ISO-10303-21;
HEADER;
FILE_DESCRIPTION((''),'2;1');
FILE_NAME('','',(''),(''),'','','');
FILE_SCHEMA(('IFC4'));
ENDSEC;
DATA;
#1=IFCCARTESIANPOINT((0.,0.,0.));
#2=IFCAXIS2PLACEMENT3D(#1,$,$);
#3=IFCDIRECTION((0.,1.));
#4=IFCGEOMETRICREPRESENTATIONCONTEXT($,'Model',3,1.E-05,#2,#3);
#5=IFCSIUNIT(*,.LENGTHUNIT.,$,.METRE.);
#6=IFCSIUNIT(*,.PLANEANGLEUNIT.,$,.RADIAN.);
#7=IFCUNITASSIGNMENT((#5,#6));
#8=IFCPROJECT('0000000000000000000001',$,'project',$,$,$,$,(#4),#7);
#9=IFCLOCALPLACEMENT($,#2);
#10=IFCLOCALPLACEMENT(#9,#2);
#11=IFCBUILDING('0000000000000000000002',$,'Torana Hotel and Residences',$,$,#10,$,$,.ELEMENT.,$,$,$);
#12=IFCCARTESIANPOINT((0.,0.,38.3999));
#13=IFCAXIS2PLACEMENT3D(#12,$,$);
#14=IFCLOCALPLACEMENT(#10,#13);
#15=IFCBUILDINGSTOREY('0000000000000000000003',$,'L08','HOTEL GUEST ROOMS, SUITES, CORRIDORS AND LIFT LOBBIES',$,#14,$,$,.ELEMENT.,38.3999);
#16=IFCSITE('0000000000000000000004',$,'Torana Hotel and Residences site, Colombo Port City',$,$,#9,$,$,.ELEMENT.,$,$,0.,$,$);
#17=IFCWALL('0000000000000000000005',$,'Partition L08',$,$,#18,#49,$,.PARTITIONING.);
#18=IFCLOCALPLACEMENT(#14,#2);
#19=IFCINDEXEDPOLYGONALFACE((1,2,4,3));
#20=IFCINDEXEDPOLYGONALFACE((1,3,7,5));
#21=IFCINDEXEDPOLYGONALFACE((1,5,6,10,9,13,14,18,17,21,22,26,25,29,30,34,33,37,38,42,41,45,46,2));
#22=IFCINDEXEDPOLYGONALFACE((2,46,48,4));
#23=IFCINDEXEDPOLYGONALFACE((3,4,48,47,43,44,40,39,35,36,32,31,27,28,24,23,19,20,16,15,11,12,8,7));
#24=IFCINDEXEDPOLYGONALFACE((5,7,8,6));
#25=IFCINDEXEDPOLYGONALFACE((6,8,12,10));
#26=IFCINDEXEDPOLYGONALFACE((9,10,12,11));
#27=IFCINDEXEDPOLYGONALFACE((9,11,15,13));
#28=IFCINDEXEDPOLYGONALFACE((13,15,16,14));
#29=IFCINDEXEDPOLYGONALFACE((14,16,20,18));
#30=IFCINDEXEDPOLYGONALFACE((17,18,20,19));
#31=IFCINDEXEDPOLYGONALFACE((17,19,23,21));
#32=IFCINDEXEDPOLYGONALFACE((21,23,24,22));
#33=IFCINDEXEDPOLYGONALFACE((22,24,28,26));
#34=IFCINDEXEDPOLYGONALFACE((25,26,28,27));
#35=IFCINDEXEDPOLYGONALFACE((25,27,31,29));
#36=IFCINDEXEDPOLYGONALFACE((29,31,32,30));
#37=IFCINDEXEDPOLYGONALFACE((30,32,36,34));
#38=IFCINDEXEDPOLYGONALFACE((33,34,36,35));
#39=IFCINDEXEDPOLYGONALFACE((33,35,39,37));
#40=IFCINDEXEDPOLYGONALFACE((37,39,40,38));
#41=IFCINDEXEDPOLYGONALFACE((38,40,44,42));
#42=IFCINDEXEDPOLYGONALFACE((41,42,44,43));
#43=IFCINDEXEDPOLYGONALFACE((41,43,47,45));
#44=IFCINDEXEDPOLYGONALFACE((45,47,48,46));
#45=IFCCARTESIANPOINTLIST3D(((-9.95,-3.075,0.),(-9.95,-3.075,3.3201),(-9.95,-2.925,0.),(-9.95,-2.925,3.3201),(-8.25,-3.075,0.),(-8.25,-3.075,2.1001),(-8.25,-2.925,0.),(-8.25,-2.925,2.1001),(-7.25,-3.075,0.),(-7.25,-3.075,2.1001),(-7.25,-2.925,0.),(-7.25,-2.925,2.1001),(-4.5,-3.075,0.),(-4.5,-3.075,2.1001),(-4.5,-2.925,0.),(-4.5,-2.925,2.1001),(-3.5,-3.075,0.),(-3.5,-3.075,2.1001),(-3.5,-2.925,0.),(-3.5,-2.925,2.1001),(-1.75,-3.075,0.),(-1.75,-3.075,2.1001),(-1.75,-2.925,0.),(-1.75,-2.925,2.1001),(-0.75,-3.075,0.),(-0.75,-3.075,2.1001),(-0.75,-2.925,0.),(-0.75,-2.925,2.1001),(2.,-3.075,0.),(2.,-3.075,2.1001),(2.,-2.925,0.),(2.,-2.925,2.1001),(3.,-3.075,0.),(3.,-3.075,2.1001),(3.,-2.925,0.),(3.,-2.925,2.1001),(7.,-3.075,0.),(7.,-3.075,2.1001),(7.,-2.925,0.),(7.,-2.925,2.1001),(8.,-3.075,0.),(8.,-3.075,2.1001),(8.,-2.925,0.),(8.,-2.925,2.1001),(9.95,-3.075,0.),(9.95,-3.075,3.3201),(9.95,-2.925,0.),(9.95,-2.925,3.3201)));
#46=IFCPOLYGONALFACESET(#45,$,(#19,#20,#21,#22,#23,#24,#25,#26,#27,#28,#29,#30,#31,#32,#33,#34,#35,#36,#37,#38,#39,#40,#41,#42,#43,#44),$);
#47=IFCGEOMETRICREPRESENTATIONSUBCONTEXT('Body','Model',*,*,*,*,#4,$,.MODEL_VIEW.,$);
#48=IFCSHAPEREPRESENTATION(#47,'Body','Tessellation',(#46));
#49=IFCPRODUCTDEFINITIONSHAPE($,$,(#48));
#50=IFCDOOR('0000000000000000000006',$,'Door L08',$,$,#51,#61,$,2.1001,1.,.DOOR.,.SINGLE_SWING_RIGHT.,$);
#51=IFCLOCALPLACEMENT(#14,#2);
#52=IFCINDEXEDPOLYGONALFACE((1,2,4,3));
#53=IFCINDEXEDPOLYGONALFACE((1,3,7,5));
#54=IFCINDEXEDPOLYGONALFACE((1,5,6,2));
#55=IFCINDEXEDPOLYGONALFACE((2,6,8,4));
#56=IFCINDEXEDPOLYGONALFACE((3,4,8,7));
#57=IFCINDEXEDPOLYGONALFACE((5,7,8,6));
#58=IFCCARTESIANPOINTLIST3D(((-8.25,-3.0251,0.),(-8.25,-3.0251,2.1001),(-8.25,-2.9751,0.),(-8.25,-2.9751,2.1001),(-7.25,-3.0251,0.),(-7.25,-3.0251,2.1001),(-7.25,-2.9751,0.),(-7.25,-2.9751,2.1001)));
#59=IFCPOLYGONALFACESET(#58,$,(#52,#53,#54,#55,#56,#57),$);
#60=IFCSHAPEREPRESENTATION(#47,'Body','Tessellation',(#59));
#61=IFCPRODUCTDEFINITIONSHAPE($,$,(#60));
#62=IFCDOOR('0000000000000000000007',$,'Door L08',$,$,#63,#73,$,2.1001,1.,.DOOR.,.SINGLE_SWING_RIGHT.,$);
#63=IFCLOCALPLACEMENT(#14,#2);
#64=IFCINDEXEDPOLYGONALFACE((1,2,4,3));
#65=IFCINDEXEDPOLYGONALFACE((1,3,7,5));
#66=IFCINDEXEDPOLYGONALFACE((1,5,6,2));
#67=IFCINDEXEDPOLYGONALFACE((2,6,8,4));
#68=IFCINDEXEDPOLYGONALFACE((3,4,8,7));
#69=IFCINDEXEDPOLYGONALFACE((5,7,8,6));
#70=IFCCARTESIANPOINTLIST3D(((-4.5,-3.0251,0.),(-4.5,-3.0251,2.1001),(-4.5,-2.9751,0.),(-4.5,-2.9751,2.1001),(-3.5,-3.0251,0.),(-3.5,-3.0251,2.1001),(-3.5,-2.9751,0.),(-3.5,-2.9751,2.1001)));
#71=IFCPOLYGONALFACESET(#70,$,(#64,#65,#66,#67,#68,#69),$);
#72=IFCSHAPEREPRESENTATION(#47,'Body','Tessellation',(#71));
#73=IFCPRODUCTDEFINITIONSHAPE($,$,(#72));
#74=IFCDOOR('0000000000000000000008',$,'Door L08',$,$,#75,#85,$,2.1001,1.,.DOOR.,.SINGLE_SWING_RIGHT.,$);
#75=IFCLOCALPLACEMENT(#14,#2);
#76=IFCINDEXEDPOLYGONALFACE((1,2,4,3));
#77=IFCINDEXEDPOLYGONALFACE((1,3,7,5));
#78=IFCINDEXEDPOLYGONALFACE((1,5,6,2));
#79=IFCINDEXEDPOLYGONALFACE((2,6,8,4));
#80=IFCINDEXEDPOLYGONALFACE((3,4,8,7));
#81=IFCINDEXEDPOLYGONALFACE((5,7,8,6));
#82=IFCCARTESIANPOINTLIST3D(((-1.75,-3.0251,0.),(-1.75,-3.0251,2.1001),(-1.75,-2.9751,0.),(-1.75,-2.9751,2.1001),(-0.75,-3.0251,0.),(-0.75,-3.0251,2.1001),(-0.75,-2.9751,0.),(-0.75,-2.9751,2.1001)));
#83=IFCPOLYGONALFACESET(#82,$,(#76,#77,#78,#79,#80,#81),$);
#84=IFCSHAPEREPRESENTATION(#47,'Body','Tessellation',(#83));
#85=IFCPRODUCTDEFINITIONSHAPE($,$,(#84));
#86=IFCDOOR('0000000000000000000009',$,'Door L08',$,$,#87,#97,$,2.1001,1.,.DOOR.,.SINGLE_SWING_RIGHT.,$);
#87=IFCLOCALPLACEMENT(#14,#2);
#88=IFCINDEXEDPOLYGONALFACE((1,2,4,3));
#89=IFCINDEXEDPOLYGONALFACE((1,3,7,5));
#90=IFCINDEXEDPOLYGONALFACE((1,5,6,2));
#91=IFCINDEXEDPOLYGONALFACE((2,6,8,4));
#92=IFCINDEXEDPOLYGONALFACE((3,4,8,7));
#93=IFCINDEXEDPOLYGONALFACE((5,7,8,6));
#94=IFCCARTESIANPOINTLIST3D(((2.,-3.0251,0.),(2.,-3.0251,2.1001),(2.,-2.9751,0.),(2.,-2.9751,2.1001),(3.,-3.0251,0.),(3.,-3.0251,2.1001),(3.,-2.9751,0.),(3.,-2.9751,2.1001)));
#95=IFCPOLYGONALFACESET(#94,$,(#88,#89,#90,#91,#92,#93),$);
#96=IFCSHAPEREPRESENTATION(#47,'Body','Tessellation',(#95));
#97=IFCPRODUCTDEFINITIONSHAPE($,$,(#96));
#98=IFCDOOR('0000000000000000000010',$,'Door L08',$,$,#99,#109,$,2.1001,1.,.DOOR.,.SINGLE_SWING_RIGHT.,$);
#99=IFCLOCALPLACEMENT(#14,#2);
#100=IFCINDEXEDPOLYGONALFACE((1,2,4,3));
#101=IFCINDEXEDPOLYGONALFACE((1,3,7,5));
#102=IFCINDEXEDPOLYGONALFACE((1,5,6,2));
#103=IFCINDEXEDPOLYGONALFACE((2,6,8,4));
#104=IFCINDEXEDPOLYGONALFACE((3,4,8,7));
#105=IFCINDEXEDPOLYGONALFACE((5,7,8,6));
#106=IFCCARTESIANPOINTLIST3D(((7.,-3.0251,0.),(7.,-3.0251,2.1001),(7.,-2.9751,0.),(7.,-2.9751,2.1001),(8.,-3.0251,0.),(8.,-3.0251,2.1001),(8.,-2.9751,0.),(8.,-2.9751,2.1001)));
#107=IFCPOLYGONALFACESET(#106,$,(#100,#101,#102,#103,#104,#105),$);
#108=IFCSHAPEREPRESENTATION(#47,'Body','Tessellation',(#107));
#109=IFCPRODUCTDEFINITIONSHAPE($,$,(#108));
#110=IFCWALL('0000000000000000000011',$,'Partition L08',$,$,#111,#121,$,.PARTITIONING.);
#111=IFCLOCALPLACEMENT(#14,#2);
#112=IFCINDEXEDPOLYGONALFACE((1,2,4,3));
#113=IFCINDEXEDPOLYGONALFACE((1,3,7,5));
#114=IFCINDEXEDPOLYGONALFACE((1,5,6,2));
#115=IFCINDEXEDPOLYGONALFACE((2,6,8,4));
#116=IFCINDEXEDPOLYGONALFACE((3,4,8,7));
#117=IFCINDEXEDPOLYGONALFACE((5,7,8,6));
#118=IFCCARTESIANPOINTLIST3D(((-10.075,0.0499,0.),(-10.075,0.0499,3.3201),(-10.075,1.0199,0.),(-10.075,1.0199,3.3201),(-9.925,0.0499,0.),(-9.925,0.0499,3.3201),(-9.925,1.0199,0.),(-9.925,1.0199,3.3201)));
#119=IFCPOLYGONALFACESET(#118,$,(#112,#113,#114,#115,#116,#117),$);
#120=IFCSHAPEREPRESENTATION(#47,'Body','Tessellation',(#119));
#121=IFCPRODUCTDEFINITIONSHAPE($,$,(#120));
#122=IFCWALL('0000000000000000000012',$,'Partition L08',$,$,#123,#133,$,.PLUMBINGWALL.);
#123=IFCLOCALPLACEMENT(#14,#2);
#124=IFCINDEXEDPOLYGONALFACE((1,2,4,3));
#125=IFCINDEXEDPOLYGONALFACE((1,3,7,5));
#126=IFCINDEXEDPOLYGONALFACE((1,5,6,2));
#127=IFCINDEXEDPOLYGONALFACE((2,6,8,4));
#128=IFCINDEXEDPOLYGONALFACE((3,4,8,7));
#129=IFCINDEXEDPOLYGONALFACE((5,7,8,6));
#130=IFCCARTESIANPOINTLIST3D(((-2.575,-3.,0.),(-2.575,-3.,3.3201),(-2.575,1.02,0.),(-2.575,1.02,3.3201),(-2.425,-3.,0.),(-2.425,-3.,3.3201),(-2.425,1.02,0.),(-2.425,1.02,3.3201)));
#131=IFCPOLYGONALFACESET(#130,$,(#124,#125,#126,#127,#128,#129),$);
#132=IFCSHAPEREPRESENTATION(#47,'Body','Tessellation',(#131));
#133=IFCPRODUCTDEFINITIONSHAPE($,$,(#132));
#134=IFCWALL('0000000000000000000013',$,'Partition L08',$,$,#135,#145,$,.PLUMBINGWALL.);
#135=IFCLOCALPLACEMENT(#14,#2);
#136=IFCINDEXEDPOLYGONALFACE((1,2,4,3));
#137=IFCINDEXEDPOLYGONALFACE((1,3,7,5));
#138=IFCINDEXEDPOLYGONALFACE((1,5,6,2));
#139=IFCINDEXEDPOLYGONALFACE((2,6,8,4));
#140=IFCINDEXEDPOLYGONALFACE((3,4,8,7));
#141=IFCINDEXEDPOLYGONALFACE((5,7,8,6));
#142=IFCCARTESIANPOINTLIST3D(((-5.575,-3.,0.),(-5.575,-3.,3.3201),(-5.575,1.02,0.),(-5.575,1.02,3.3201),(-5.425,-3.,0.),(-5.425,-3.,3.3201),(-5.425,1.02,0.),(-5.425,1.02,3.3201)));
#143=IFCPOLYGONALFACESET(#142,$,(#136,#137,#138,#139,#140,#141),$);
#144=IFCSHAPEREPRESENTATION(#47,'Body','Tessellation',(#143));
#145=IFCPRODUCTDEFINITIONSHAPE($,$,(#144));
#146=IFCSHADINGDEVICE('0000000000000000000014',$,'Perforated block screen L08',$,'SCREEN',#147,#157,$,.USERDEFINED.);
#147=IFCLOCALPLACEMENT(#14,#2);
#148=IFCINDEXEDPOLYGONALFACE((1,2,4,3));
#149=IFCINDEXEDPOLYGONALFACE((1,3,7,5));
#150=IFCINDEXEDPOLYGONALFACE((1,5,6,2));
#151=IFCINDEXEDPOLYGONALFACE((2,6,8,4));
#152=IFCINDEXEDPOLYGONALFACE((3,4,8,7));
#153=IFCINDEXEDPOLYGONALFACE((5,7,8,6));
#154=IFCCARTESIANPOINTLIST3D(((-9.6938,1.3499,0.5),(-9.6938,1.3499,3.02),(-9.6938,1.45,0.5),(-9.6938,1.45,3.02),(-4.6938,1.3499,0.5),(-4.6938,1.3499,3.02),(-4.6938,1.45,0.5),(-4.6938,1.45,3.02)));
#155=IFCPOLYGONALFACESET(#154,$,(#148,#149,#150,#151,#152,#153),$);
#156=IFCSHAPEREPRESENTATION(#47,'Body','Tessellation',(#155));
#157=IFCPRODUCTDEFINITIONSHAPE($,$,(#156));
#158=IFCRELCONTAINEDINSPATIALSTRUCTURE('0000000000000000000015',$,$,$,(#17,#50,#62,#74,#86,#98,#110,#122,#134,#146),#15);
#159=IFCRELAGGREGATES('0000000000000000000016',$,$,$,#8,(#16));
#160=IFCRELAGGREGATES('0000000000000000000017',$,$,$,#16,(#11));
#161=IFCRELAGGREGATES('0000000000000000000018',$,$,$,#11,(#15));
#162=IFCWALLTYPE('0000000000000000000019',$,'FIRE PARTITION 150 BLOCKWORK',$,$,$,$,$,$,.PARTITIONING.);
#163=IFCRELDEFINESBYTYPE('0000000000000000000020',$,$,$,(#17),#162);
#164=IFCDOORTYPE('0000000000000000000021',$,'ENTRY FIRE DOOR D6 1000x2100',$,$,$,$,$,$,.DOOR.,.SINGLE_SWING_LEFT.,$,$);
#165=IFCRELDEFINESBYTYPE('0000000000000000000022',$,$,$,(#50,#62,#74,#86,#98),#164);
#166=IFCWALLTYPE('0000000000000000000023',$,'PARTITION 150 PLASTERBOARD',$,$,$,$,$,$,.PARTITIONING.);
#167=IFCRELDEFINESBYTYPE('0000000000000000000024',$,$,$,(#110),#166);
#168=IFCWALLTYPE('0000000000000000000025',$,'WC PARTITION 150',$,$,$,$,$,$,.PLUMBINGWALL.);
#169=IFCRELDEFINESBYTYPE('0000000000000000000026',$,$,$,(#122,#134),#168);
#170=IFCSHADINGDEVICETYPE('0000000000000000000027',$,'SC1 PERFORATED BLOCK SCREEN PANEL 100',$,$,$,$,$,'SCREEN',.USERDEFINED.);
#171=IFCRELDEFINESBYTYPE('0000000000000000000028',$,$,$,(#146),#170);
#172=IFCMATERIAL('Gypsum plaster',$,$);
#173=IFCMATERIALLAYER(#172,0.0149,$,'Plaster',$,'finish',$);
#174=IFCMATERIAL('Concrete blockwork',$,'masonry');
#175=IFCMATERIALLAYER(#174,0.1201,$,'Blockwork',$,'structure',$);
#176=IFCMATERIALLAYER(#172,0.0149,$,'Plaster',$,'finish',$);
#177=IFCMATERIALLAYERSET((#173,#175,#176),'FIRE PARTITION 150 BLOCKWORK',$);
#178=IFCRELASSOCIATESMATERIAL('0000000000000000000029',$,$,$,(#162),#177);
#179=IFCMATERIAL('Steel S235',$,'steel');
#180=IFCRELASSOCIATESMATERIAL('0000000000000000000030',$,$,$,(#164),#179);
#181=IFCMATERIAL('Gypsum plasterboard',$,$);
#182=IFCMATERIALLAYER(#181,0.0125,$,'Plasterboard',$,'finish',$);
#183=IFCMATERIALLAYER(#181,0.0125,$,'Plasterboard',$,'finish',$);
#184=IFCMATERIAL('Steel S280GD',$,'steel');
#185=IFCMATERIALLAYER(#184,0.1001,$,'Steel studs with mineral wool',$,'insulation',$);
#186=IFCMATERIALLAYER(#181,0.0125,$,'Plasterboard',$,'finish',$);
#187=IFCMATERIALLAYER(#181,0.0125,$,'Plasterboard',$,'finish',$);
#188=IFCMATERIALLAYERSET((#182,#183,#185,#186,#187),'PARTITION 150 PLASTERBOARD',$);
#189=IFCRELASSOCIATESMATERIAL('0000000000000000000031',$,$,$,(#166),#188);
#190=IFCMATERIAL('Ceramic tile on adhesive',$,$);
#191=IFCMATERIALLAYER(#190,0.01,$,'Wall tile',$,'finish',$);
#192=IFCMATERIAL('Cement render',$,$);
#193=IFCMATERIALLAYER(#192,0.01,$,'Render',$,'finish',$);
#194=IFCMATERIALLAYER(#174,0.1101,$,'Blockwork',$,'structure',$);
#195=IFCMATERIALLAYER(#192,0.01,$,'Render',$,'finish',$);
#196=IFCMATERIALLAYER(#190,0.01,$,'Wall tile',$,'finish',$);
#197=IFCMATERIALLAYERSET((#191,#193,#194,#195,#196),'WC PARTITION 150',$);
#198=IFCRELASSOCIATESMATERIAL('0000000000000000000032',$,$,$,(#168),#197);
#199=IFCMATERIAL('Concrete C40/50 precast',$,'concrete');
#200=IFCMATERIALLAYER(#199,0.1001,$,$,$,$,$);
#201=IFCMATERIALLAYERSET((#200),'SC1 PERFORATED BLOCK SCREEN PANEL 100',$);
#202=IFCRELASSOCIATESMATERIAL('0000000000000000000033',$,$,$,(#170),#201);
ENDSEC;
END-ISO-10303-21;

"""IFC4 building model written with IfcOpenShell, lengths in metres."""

from ifc_helpers import new_model, si_unit, direction, frame, frame_2d, origin, origin_2d, place, context, subcontext, project, spatial, rectangle, extrude, material, layer, layer_set, type_object, element, fill, save


model = new_model("IFC4")

# Units and contexts
model_context = context("Model", 3, precision=1e-05, world=origin(), true_north=direction((0.0, 1.0)))
body_context = subcontext(model_context, "Body", "Model", "MODEL_VIEW")
ifc_project = project(units=[si_unit("LENGTHUNIT", "METRE"), si_unit("PLANEANGLEUNIT", "RADIAN")], contexts=[model_context])

# Site, building, storey
site_placement = place(None, origin())
site = spatial("IfcSite", under=ifc_project, at=site_placement, Name="Torana Hotel and Residences site, Colombo Port City", CompositionType="ELEMENT", RefElevation=0.0)
building_placement = place(site_placement, origin())
building = spatial("IfcBuilding", under=site, at=building_placement, Name="Torana Hotel and Residences", CompositionType="ELEMENT")
storey_placement = place(building_placement, frame((0.0, 0.0, 38.3999)))
storey = spatial("IfcBuildingStorey", under=building, at=storey_placement, Name="L08", Description="HOTEL GUEST ROOMS, SUITES, CORRIDORS AND LIFT LOBBIES", CompositionType="ELEMENT", Elevation=38.3999)

# Shared definitions
ifc_material_1 = material(Name="Gypsum plaster")
ifc_layer_1 = layer(ifc_material_1, 0.0149, Name="Plaster", Category="finish")
ifc_material_2 = material(Name="Concrete blockwork", Category="masonry")
ifc_layer_2 = layer(ifc_material_2, 0.1201, Name="Blockwork", Category="structure")
ifc_layer_3 = layer(ifc_material_1, 0.0149, Name="Plaster", Category="finish")
ifc_layer_set_1 = layer_set([ifc_layer_1, ifc_layer_2, ifc_layer_3], Name="FIRE PARTITION 150 BLOCKWORK")
wall_type_1 = type_object("IfcWallType", Name="FIRE PARTITION 150 BLOCKWORK", PredefinedType="PARTITIONING", material=ifc_layer_set_1)

# Wall, openings, doors
ifc_material_3 = material(Name="Steel S235", Category="steel")
door_type = type_object("IfcDoorType", Name="ENTRY FIRE DOOR D6 1000x2100", OperationType="SINGLE_SWING_LEFT", PredefinedType="DOOR", material=ifc_material_3)
wall_1_placement = place(storey_placement, frame((-9.95, -3.0, 0.0), z_axis=(0.0, 0.0, 1.0), x_axis=(1.0, 0.0, 0.0)))
wall_1 = element("IfcWall", 1, at=wall_1_placement, inside=storey, type_object=wall_type_1, Name="Partition L08", PredefinedType="PARTITIONING", context=body_context, shape_type="SweptSolid", body=[
    extrude(rectangle(XDim=19.8999, YDim=0.1499, at=frame_2d((9.95, 0.0))), origin(), (0.0, 0.0, 1.0), 3.3201),
])
opening_1_placement = place(wall_1_placement, frame((1.7, 0.0, 0.0)))
opening_1 = element("IfcOpeningElement", 2, at=opening_1_placement, cuts=wall_1, PredefinedType="OPENING", context=body_context, shape_type="SweptSolid", body=[
    extrude(rectangle(XDim=1.0, YDim=2.1001, at=frame_2d((0.5, 1.05))), frame((0.0, 0.085, 0.0), z_axis=(0.0, -1.0, 0.0), x_axis=(1.0, 0.0, 0.0)), (0.0, 0.0, 1.0), 0.1699),
])
opening_2_placement = place(wall_1_placement, frame((5.45, 0.0, 0.0)))
opening_2 = element("IfcOpeningElement", 3, at=opening_2_placement, cuts=wall_1, PredefinedType="OPENING", context=body_context, shape_type="SweptSolid", body=[
    extrude(rectangle(XDim=1.0, YDim=2.1001, at=frame_2d((0.5, 1.05))), frame((0.0, 0.085, 0.0), z_axis=(0.0, -1.0, 0.0), x_axis=(1.0, 0.0, 0.0)), (0.0, 0.0, 1.0), 0.1699),
])
opening_3_placement = place(wall_1_placement, frame((8.2, 0.0, 0.0)))
opening_3 = element("IfcOpeningElement", 4, at=opening_3_placement, cuts=wall_1, PredefinedType="OPENING", context=body_context, shape_type="SweptSolid", body=[
    extrude(rectangle(XDim=1.0, YDim=2.1001, at=frame_2d((0.5, 1.05))), frame((0.0, 0.085, 0.0), z_axis=(0.0, -1.0, 0.0), x_axis=(1.0, 0.0, 0.0)), (0.0, 0.0, 1.0), 0.1699),
])
opening_4_placement = place(wall_1_placement, frame((11.95, 0.0, 0.0)))
opening_4 = element("IfcOpeningElement", 5, at=opening_4_placement, cuts=wall_1, PredefinedType="OPENING", context=body_context, shape_type="SweptSolid", body=[
    extrude(rectangle(XDim=1.0, YDim=2.1001, at=frame_2d((0.5, 1.05))), frame((0.0, 0.085, 0.0), z_axis=(0.0, -1.0, 0.0), x_axis=(1.0, 0.0, 0.0)), (0.0, 0.0, 1.0), 0.1699),
])
opening_5_placement = place(wall_1_placement, frame((16.95, 0.0, 0.0)))
opening_5 = element("IfcOpeningElement", 6, at=opening_5_placement, cuts=wall_1, PredefinedType="OPENING", context=body_context, shape_type="SweptSolid", body=[
    extrude(rectangle(XDim=1.0, YDim=2.1001, at=frame_2d((0.5, 1.05))), frame((0.0, 0.085, 0.0), z_axis=(0.0, -1.0, 0.0), x_axis=(1.0, 0.0, 0.0)), (0.0, 0.0, 1.0), 0.1699),
])
door_1_placement = place(opening_1_placement, origin())
door_1 = element("IfcDoor", 7, at=door_1_placement, inside=storey, type_object=door_type, Name="Door L08", OperationType="SINGLE_SWING_RIGHT", OverallHeight=2.1001, OverallWidth=1.0, PredefinedType="DOOR", context=body_context, shape_type="SweptSolid", body=[
    extrude(rectangle(XDim=1.0, YDim=2.1001, at=frame_2d((0.5, 1.05))), frame((0.0, 0.0249, 0.0), z_axis=(0.0, -1.0, 0.0), x_axis=(1.0, 0.0, 0.0)), (0.0, 0.0, 1.0), 0.05),
])
fill(opening_1, door_1)
door_2_placement = place(opening_2_placement, origin())
door_2 = element("IfcDoor", 8, at=door_2_placement, inside=storey, type_object=door_type, Name="Door L08", OperationType="SINGLE_SWING_RIGHT", OverallHeight=2.1001, OverallWidth=1.0, PredefinedType="DOOR", context=body_context, shape_type="SweptSolid", body=[
    extrude(rectangle(XDim=1.0, YDim=2.1001, at=frame_2d((0.5, 1.05))), frame((0.0, 0.0249, 0.0), z_axis=(0.0, -1.0, 0.0), x_axis=(1.0, 0.0, 0.0)), (0.0, 0.0, 1.0), 0.05),
])
fill(opening_2, door_2)
door_3_placement = place(opening_3_placement, origin())
door_3 = element("IfcDoor", 9, at=door_3_placement, inside=storey, type_object=door_type, Name="Door L08", OperationType="SINGLE_SWING_RIGHT", OverallHeight=2.1001, OverallWidth=1.0, PredefinedType="DOOR", context=body_context, shape_type="SweptSolid", body=[
    extrude(rectangle(XDim=1.0, YDim=2.1001, at=frame_2d((0.5, 1.05))), frame((0.0, 0.0249, 0.0), z_axis=(0.0, -1.0, 0.0), x_axis=(1.0, 0.0, 0.0)), (0.0, 0.0, 1.0), 0.05),
])
fill(opening_3, door_3)
door_4_placement = place(opening_4_placement, origin())
door_4 = element("IfcDoor", 10, at=door_4_placement, inside=storey, type_object=door_type, Name="Door L08", OperationType="SINGLE_SWING_RIGHT", OverallHeight=2.1001, OverallWidth=1.0, PredefinedType="DOOR", context=body_context, shape_type="SweptSolid", body=[
    extrude(rectangle(XDim=1.0, YDim=2.1001, at=frame_2d((0.5, 1.05))), frame((0.0, 0.0249, 0.0), z_axis=(0.0, -1.0, 0.0), x_axis=(1.0, 0.0, 0.0)), (0.0, 0.0, 1.0), 0.05),
])
fill(opening_4, door_4)
door_5_placement = place(opening_5_placement, origin())
door_5 = element("IfcDoor", 11, at=door_5_placement, inside=storey, type_object=door_type, Name="Door L08", OperationType="SINGLE_SWING_RIGHT", OverallHeight=2.1001, OverallWidth=1.0, PredefinedType="DOOR", context=body_context, shape_type="SweptSolid", body=[
    extrude(rectangle(XDim=1.0, YDim=2.1001, at=frame_2d((0.5, 1.05))), frame((0.0, 0.0249, 0.0), z_axis=(0.0, -1.0, 0.0), x_axis=(1.0, 0.0, 0.0)), (0.0, 0.0, 1.0), 0.05),
])
fill(opening_5, door_5)

# Walls
ifc_material_4 = material(Name="Gypsum plasterboard")
ifc_layer_4 = layer(ifc_material_4, 0.0125, Name="Plasterboard", Category="finish")
ifc_layer_5 = layer(ifc_material_4, 0.0125, Name="Plasterboard", Category="finish")
ifc_material_5 = material(Name="Steel S280GD", Category="steel")
ifc_layer_6 = layer(ifc_material_5, 0.1001, Name="Steel studs with mineral wool", Category="insulation")
ifc_layer_7 = layer(ifc_material_4, 0.0125, Name="Plasterboard", Category="finish")
ifc_layer_8 = layer(ifc_material_4, 0.0125, Name="Plasterboard", Category="finish")
ifc_layer_set_2 = layer_set([ifc_layer_4, ifc_layer_5, ifc_layer_6, ifc_layer_7, ifc_layer_8], Name="PARTITION 150 PLASTERBOARD")
wall_type_2 = type_object("IfcWallType", Name="PARTITION 150 PLASTERBOARD", PredefinedType="PARTITIONING", material=ifc_layer_set_2)
wall_2_placement = place(storey_placement, frame((-10.0, 0.05, 0.0), z_axis=(0.0, 0.0, 1.0), x_axis=(0.0, 1.0, 0.0)))
element("IfcWall", 12, at=wall_2_placement, inside=storey, type_object=wall_type_2, Name="Partition L08", PredefinedType="PARTITIONING", context=body_context, shape_type="SweptSolid", body=[
    extrude(rectangle(XDim=0.97, YDim=0.1499, at=frame_2d((0.4849, 0.0))), origin(), (0.0, 0.0, 1.0), 3.3201),
])
ifc_material_6 = material(Name="Ceramic tile on adhesive")
ifc_layer_9 = layer(ifc_material_6, 0.01, Name="Wall tile", Category="finish")
ifc_material_7 = material(Name="Cement render")
ifc_layer_10 = layer(ifc_material_7, 0.01, Name="Render", Category="finish")
ifc_layer_11 = layer(ifc_material_2, 0.1101, Name="Blockwork", Category="structure")
ifc_layer_12 = layer(ifc_material_7, 0.01, Name="Render", Category="finish")
ifc_layer_13 = layer(ifc_material_6, 0.01, Name="Wall tile", Category="finish")
ifc_layer_set_3 = layer_set([ifc_layer_9, ifc_layer_10, ifc_layer_11, ifc_layer_12, ifc_layer_13], Name="WC PARTITION 150")
wall_type_3 = type_object("IfcWallType", Name="WC PARTITION 150", PredefinedType="PLUMBINGWALL", material=ifc_layer_set_3)
for number, where, z_axis, x_axis, name in (
    (13, (-2.5, -3.0, 0.0), (0.0, 0.0, 1.0), (0.0, 1.0, 0.0), "Partition L08"),
    (14, (-5.5, -3.0, 0.0), (0.0, 0.0, 1.0), (0.0, 1.0, 0.0), "Partition L08"),
):
    element("IfcWall", number, at=place(storey_placement, frame(where, z_axis=z_axis, x_axis=x_axis)), inside=storey, type_object=wall_type_3, Name=name, PredefinedType="PLUMBINGWALL", context=body_context, shape_type="SweptSolid", body=[
        extrude(rectangle(XDim=4.02, YDim=0.1499, at=frame_2d((2.01, 0.0))), origin(), (0.0, 0.0, 1.0), 3.3201),
    ])

# Shading device
ifc_material_8 = material(Name="Concrete C40/50 precast", Category="concrete")
ifc_layer_14 = layer(ifc_material_8, 0.1001)
ifc_layer_set_4 = layer_set([ifc_layer_14], Name="SC1 PERFORATED BLOCK SCREEN PANEL 100")
shading_device_type = type_object("IfcShadingDeviceType", Name="SC1 PERFORATED BLOCK SCREEN PANEL 100", ElementType="SCREEN", PredefinedType="USERDEFINED", material=ifc_layer_set_4)
shading_device_placement = place(storey_placement, frame((-7.1938, 1.3999, 0.5), z_axis=(0.0, 0.0, 1.0), x_axis=(-1.0, 0.0, 0.0)))
element("IfcShadingDevice", 15, at=shading_device_placement, inside=storey, type_object=shading_device_type, Name="Perforated block screen L08", ObjectType="SCREEN", PredefinedType="USERDEFINED", context=body_context, shape_type="SweptSolid", body=[
    extrude(rectangle(XDim=5.0, YDim=0.1001, at=origin_2d()), origin(), (0.0, 0.0, 1.0), 2.52),
])

save(model, "model.ifc")
